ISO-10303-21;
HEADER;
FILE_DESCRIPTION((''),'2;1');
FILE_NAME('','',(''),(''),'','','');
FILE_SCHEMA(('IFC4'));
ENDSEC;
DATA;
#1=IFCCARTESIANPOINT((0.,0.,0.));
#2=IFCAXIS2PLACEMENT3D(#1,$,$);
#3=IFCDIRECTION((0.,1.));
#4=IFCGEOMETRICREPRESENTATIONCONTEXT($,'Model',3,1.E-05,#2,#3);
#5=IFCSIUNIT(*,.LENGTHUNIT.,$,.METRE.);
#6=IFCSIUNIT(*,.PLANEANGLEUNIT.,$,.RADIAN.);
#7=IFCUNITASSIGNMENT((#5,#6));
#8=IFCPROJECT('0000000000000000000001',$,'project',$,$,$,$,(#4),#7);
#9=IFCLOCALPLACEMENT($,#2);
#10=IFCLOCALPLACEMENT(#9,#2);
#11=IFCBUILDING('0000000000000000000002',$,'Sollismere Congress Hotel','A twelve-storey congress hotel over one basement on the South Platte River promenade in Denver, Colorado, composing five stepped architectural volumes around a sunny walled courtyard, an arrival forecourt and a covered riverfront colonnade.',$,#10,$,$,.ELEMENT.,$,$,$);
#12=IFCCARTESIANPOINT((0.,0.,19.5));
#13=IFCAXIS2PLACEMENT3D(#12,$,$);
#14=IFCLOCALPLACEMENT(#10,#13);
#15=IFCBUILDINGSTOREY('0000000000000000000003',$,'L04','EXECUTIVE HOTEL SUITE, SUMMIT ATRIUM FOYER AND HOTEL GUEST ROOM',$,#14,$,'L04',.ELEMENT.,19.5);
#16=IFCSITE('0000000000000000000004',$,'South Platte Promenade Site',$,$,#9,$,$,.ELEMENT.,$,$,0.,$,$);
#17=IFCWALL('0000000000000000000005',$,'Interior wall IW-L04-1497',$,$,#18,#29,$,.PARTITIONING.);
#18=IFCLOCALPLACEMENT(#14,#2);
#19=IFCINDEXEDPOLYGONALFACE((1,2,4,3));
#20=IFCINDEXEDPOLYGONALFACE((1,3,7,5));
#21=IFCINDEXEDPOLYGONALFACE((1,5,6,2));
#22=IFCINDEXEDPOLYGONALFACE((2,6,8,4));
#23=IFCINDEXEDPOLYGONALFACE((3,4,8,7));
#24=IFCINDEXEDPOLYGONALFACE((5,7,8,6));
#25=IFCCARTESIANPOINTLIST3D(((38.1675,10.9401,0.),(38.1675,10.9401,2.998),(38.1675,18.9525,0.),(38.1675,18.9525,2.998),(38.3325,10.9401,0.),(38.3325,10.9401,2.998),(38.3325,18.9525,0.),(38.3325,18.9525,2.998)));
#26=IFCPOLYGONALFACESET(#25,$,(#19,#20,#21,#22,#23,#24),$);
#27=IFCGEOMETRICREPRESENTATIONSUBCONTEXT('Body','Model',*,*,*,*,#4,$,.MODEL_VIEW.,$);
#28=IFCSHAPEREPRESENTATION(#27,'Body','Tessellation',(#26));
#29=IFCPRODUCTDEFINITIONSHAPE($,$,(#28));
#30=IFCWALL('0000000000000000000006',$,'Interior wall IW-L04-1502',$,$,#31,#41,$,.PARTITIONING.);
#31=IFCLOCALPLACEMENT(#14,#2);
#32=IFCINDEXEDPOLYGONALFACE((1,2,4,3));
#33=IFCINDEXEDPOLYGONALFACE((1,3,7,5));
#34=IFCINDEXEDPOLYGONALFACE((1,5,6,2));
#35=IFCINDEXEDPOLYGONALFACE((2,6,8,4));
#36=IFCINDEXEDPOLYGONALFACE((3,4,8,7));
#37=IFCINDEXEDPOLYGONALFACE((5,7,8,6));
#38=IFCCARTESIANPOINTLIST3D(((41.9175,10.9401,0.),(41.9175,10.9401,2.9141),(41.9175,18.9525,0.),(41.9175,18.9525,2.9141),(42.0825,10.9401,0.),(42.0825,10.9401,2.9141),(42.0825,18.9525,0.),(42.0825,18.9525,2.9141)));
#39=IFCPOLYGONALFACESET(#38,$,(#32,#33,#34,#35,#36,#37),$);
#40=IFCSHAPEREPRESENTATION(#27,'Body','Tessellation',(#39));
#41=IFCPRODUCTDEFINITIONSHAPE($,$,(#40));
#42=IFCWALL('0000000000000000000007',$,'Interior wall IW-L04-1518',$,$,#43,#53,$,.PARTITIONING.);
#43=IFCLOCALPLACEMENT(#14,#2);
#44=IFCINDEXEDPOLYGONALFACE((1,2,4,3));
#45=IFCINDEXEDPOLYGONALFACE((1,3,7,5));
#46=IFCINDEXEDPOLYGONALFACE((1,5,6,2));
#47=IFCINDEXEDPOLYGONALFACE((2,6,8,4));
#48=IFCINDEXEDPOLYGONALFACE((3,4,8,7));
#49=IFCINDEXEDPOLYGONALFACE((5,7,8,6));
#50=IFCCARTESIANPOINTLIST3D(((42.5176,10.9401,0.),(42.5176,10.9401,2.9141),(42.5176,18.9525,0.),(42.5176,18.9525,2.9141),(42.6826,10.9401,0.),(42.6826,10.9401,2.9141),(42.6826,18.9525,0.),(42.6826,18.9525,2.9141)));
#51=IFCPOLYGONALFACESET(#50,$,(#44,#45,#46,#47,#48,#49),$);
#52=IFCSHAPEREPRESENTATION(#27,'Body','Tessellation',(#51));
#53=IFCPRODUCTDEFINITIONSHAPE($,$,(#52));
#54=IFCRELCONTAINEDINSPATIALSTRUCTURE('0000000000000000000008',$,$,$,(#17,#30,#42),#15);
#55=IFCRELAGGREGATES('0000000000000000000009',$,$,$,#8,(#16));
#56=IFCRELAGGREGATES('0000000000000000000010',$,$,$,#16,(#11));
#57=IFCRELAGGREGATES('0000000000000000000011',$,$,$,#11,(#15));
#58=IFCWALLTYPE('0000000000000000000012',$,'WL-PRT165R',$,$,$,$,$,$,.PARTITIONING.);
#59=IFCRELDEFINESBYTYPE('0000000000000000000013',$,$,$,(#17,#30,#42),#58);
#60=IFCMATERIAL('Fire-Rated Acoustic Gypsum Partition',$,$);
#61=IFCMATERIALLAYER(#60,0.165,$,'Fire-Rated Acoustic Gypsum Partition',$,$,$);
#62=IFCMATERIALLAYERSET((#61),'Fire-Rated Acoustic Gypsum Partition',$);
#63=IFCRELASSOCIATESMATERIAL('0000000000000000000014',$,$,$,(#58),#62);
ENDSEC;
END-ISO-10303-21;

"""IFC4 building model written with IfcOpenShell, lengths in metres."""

from ifc_helpers import new_model, si_unit, direction, frame, frame_2d, origin, place, context, subcontext, project, spatial, rectangle, extrude, material, layer, layer_set, type_object, element, save


model = new_model("IFC4")

# Units and contexts
model_context = context("Model", 3, precision=1e-05, world=origin(), true_north=direction((0.0, 1.0)))
body_context = subcontext(model_context, "Body", "Model", "MODEL_VIEW")
ifc_project = project(units=[si_unit("LENGTHUNIT", "METRE"), si_unit("PLANEANGLEUNIT", "RADIAN")], contexts=[model_context])

# Site, building, storey
site_placement = place(None, origin())
site = spatial("IfcSite", under=ifc_project, at=site_placement, Name="South Platte Promenade Site", CompositionType="ELEMENT", RefElevation=0.0)
building_placement = place(site_placement, origin())
building = spatial("IfcBuilding", under=site, at=building_placement, Name="Sollismere Congress Hotel", Description="A twelve-storey congress hotel over one basement on the South Platte River promenade in Denver, Colorado, composing five stepped architectural volumes around a sunny walled courtyard, an arrival forecourt and a covered riverfront colonnade.", CompositionType="ELEMENT")
storey_placement = place(building_placement, frame((0.0, 0.0, 19.5)))
storey = spatial("IfcBuildingStorey", under=building, at=storey_placement, Name="L04", Description="EXECUTIVE HOTEL SUITE, SUMMIT ATRIUM FOYER AND HOTEL GUEST ROOM", LongName="L04", CompositionType="ELEMENT", Elevation=19.5)

# Walls
ifc_material_1 = material(Name="Fire-Rated Acoustic Gypsum Partition")
ifc_layer_1 = layer(ifc_material_1, 0.165, Name="Fire-Rated Acoustic Gypsum Partition")
ifc_layer_set_1 = layer_set([ifc_layer_1], Name="Fire-Rated Acoustic Gypsum Partition")
wall_type_1 = type_object("IfcWallType", Name="WL-PRT165R", PredefinedType="PARTITIONING", material=ifc_layer_set_1)
wall_1_placement = place(storey_placement, frame((38.25, 10.9399, 0.0), z_axis=(0.0, 0.0, 1.0), x_axis=(0.0, 1.0, 0.0)))
element("IfcWall", 1, at=wall_1_placement, inside=storey, type_object=wall_type_1, Name="Interior wall IW-L04-1497", PredefinedType="PARTITIONING", context=body_context, shape_type="SweptSolid", body=[
    extrude(rectangle(XDim=8.0125, YDim=0.165, at=frame_2d((4.0063, 0.0))), origin(), (0.0, 0.0, 1.0), 2.998),
])
for number, where, z_axis, x_axis, name in (
    (2, (42.0, 10.9399, 0.0), (0.0, 0.0, 1.0), (0.0, 1.0, 0.0), "Interior wall IW-L04-1502"),
    (3, (42.6001, 10.9399, 0.0), (0.0, 0.0, 1.0), (0.0, 1.0, 0.0), "Interior wall IW-L04-1518"),
):
    element("IfcWall", number, at=place(storey_placement, frame(where, z_axis=z_axis, x_axis=x_axis)), inside=storey, type_object=wall_type_1, Name=name, PredefinedType="PARTITIONING", context=body_context, shape_type="SweptSolid", body=[
        extrude(rectangle(XDim=8.0125, YDim=0.165, at=frame_2d((4.0063, 0.0))), origin(), (0.0, 0.0, 1.0), 2.9141),
    ])

save(model, "model.ifc")
